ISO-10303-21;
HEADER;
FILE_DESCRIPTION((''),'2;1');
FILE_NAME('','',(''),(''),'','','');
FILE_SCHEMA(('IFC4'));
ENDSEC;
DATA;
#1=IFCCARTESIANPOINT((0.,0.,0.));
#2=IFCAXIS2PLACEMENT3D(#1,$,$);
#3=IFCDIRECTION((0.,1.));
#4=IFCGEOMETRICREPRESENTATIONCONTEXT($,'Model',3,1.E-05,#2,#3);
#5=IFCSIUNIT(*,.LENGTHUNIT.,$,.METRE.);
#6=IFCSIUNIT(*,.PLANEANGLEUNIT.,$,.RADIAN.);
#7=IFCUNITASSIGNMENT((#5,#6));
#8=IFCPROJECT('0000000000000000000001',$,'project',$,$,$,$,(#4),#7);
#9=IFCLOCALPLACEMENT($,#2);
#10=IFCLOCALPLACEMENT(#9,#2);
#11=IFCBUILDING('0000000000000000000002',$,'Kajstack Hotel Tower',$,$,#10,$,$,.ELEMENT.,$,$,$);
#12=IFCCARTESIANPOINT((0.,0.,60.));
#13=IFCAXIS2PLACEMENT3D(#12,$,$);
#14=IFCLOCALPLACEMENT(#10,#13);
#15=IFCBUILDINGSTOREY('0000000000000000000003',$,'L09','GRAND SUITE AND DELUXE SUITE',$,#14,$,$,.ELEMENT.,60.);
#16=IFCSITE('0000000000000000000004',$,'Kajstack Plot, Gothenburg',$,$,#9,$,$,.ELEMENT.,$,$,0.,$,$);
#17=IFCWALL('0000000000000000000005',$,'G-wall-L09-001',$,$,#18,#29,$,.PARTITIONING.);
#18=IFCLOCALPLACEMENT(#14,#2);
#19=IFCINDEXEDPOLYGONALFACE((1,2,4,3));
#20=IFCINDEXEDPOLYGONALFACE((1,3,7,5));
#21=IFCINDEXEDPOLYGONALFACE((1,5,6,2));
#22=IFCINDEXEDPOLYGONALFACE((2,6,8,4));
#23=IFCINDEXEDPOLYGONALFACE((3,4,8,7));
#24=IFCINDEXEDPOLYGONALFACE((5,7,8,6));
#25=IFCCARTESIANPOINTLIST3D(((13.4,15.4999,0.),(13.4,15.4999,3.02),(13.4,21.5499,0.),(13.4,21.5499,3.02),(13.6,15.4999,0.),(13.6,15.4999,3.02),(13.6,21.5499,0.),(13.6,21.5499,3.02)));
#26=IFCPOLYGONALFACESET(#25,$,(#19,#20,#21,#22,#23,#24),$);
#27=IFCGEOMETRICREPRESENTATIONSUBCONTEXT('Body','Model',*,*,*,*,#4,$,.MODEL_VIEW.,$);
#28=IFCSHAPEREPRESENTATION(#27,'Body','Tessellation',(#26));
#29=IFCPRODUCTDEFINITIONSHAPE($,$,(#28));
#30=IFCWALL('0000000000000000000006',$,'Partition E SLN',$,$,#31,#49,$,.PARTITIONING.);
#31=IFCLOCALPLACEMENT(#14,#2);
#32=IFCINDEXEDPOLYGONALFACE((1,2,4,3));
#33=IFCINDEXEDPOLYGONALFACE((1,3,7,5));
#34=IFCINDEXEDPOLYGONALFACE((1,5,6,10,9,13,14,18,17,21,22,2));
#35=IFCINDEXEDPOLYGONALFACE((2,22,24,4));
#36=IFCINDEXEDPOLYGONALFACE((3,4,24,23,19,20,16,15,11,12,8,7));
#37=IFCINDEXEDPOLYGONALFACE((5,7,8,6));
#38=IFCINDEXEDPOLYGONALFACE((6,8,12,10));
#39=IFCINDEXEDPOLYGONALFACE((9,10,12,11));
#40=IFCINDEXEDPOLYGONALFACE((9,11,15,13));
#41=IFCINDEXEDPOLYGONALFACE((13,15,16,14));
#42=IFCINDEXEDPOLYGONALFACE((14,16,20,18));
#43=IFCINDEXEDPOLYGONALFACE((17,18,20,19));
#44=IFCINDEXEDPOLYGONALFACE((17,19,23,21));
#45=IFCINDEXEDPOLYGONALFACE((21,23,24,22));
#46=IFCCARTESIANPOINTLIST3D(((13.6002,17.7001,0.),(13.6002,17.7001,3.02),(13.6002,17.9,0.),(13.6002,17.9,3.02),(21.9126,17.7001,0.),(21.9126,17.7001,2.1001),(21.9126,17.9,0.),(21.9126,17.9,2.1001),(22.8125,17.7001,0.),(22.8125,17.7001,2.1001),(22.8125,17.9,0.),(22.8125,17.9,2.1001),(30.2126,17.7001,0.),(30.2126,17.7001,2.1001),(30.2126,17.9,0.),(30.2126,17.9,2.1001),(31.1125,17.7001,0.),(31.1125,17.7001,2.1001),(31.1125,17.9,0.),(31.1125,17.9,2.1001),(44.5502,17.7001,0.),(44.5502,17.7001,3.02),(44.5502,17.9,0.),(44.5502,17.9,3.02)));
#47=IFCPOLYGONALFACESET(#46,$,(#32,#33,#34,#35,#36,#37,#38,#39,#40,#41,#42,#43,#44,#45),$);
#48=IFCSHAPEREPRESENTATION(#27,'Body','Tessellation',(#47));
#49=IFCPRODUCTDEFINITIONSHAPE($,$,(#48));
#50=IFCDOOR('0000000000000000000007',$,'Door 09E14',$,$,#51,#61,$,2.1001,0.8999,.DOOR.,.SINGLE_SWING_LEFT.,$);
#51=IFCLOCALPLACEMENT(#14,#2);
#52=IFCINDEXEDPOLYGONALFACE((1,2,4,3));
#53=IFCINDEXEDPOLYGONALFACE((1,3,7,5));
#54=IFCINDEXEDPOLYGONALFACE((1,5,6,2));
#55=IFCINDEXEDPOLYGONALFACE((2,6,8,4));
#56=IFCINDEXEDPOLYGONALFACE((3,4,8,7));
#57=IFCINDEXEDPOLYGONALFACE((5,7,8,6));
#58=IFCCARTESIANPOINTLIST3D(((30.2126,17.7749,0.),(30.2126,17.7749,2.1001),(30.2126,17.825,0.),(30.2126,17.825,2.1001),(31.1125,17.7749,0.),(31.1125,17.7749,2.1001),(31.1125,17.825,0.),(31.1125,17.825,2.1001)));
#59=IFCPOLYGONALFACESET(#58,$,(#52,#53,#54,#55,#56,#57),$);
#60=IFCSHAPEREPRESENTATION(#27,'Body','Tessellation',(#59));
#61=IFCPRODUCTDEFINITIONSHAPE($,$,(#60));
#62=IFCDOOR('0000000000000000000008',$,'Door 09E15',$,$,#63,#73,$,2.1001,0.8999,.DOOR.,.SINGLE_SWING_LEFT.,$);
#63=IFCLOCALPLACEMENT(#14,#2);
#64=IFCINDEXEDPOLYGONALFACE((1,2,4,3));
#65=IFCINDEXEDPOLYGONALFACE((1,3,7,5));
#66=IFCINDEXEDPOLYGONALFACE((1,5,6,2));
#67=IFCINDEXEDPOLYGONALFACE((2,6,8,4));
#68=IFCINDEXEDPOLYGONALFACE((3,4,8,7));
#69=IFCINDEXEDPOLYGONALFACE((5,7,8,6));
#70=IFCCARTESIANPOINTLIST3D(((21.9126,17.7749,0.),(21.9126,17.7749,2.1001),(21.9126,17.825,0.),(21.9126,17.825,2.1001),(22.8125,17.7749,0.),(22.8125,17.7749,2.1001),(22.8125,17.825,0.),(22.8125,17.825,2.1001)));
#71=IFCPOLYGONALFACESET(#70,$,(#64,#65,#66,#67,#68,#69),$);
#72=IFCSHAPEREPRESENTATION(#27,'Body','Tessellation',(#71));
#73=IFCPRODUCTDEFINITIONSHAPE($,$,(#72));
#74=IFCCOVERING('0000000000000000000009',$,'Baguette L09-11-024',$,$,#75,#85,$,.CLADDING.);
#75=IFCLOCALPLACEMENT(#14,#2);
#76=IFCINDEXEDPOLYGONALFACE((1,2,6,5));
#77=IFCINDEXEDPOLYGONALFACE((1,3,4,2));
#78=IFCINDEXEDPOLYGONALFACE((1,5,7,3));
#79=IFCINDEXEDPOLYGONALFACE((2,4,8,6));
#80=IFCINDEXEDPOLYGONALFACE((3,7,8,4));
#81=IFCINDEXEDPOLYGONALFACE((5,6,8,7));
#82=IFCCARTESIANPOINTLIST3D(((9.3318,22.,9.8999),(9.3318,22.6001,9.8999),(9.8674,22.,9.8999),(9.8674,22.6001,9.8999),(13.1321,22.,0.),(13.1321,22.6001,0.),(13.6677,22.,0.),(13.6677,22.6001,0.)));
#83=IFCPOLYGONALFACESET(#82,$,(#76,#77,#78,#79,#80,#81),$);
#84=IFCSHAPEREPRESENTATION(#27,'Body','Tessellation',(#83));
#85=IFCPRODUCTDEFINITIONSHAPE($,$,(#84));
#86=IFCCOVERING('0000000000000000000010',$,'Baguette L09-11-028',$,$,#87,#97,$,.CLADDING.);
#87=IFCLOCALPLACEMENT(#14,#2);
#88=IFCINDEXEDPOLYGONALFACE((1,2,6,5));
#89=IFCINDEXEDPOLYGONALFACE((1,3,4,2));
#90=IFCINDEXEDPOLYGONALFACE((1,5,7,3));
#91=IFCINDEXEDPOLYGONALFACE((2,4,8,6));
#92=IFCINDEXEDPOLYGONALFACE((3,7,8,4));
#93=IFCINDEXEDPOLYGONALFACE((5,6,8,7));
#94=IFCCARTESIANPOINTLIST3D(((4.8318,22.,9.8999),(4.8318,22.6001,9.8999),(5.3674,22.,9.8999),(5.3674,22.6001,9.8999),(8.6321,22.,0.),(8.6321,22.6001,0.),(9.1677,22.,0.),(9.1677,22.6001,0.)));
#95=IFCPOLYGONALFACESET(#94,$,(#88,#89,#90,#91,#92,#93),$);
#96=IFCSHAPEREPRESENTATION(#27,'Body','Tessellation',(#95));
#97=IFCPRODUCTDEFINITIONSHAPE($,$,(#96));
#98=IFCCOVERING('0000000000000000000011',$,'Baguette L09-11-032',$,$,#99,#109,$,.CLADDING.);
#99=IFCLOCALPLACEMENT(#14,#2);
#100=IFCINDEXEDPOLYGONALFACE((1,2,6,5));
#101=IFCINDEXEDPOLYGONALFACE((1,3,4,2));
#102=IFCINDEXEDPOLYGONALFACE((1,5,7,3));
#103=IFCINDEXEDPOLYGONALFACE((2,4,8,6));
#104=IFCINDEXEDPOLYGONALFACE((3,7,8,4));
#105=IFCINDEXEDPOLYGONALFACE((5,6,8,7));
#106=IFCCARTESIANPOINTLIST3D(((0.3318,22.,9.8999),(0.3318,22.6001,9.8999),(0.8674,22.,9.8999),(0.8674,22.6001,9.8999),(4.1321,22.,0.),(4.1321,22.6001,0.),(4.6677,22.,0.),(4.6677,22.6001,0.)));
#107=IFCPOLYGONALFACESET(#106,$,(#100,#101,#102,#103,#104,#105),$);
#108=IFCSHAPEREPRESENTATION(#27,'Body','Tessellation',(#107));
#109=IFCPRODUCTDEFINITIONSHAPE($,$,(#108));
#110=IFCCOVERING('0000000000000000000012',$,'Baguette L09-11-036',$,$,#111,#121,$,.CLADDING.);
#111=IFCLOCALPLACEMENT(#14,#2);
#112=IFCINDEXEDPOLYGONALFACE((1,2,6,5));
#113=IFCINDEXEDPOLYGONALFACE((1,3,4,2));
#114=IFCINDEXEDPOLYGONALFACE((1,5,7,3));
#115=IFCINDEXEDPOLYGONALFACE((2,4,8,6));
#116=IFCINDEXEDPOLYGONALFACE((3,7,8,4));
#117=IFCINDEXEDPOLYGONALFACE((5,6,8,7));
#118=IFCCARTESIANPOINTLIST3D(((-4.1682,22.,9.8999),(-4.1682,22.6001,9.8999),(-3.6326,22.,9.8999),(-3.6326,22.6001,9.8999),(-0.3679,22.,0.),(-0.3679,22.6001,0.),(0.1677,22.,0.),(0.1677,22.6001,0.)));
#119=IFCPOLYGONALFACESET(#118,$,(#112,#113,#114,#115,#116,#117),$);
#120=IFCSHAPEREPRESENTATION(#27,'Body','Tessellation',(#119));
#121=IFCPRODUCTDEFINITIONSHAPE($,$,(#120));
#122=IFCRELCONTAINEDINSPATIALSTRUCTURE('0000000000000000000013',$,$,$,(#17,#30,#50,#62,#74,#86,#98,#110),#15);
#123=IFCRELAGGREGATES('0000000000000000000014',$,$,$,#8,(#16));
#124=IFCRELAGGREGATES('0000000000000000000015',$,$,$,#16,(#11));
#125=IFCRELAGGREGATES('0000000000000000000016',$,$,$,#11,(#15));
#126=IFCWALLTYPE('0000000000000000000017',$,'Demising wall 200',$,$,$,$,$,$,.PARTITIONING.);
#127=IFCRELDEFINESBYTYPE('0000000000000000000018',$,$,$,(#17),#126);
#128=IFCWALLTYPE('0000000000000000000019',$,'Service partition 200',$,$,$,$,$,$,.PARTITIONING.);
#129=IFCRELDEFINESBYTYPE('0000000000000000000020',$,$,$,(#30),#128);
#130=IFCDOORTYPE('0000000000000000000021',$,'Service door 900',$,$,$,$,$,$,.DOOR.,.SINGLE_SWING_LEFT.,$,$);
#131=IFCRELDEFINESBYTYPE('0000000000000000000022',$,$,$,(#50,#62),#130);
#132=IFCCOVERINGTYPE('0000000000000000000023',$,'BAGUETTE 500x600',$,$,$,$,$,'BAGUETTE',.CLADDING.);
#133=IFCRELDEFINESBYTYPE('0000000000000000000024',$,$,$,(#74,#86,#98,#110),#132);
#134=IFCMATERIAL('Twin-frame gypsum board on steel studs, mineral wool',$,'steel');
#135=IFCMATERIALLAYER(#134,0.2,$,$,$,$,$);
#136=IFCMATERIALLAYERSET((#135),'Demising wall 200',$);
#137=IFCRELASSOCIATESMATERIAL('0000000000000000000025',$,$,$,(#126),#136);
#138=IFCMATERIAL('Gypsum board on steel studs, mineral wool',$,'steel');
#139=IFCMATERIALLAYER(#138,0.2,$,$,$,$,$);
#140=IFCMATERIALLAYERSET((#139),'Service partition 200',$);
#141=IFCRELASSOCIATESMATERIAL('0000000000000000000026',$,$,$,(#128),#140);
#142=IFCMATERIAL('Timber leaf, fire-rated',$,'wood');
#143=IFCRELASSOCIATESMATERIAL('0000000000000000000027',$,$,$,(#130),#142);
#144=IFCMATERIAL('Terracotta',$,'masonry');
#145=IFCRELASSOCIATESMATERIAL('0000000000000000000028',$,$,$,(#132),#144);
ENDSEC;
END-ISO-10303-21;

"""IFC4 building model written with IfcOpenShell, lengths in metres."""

from ifc_helpers import new_model, si_unit, direction, frame, frame_2d, origin, origin_2d, place, context, subcontext, project, spatial, polyline, rectangle, outline, extrude, material, layer, layer_set, material_profile, profile_set, type_object, element, fill, save


model = new_model("IFC4")

# Units and contexts
model_context = context("Model", 3, precision=1e-05, world=origin(), true_north=direction((0.0, 1.0)))
body_context = subcontext(model_context, "Body", "Model", "MODEL_VIEW")
ifc_project = project(units=[si_unit("LENGTHUNIT", "METRE"), si_unit("PLANEANGLEUNIT", "RADIAN")], contexts=[model_context])

# Site, building, storey
site_placement = place(None, origin())
site = spatial("IfcSite", under=ifc_project, at=site_placement, Name="Kajstack Plot, Gothenburg", CompositionType="ELEMENT", RefElevation=0.0)
building_placement = place(site_placement, origin())
building = spatial("IfcBuilding", under=site, at=building_placement, Name="Kajstack Hotel Tower", CompositionType="ELEMENT")
storey_placement = place(building_placement, frame((0.0, 0.0, 60.0)))
storey = spatial("IfcBuildingStorey", under=building, at=storey_placement, Name="L09", Description="GRAND SUITE AND DELUXE SUITE", CompositionType="ELEMENT", Elevation=60.0)

# Wall
ifc_material_1 = material(Name="Twin-frame gypsum board on steel studs, mineral wool", Category="steel")
ifc_layer_1 = layer(ifc_material_1, 0.2)
ifc_layer_set_1 = layer_set([ifc_layer_1], Name="Demising wall 200")
wall_type_1 = type_object("IfcWallType", Name="Demising wall 200", PredefinedType="PARTITIONING", material=ifc_layer_set_1)
wall_1_placement = place(storey_placement, frame((13.5, 15.5, 0.0), z_axis=(0.0, 0.0, 1.0), x_axis=(0.0, 1.0, 0.0)))
element("IfcWall", 1, at=wall_1_placement, inside=storey, type_object=wall_type_1, Name="G-wall-L09-001", PredefinedType="PARTITIONING", context=body_context, shape_type="SweptSolid", body=[
    extrude(rectangle(XDim=6.05, YDim=0.2, at=frame_2d((3.0249, 0.0))), origin(), (0.0, 0.0, 1.0), 3.02),
])

# Wall, openings, doors
ifc_material_2 = material(Name="Gypsum board on steel studs, mineral wool", Category="steel")
ifc_layer_2 = layer(ifc_material_2, 0.2)
ifc_layer_set_2 = layer_set([ifc_layer_2], Name="Service partition 200")
wall_type_2 = type_object("IfcWallType", Name="Service partition 200", PredefinedType="PARTITIONING", material=ifc_layer_set_2)
wall_2_placement = place(storey_placement, frame((13.6001, 17.8, 0.0), z_axis=(0.0, 0.0, 1.0), x_axis=(1.0, 0.0, 0.0)))
wall_2 = element("IfcWall", 2, at=wall_2_placement, inside=storey, type_object=wall_type_2, Name="Partition E SLN", PredefinedType="PARTITIONING", context=body_context, shape_type="SweptSolid", body=[
    extrude(rectangle(XDim=30.95, YDim=0.2, at=frame_2d((15.4751, 0.0))), origin(), (0.0, 0.0, 1.0), 3.02),
])
opening_1_placement = place(wall_2_placement, frame((16.6125, 0.0, 0.0)))
opening_1 = element("IfcOpeningElement", 3, at=opening_1_placement, cuts=wall_2, PredefinedType="OPENING", context=body_context, shape_type="SweptSolid", body=[
    extrude(rectangle(XDim=0.8999, YDim=2.1001, at=frame_2d((0.45, 1.05))), frame((0.0, 0.1099, 0.0), z_axis=(0.0, -1.0, 0.0), x_axis=(1.0, 0.0, 0.0)), (0.0, 0.0, 1.0), 0.22),
])
opening_2_placement = place(wall_2_placement, frame((8.3125, 0.0, 0.0)))
opening_2 = element("IfcOpeningElement", 4, at=opening_2_placement, cuts=wall_2, PredefinedType="OPENING", context=body_context, shape_type="SweptSolid", body=[
    extrude(rectangle(XDim=0.8999, YDim=2.1001, at=frame_2d((0.45, 1.05))), frame((0.0, 0.1099, 0.0), z_axis=(0.0, -1.0, 0.0), x_axis=(1.0, 0.0, 0.0)), (0.0, 0.0, 1.0), 0.22),
])
ifc_material_3 = material(Name="Timber leaf, fire-rated", Category="wood")
door_type = type_object("IfcDoorType", Name="Service door 900", OperationType="SINGLE_SWING_LEFT", PredefinedType="DOOR", material=ifc_material_3)
door_1_placement = place(opening_1_placement, origin())
door_1 = element("IfcDoor", 5, at=door_1_placement, inside=storey, type_object=door_type, Name="Door 09E14", OperationType="SINGLE_SWING_LEFT", OverallHeight=2.1001, OverallWidth=0.8999, PredefinedType="DOOR", context=body_context, shape_type="SweptSolid", body=[
    extrude(rectangle(XDim=0.8999, YDim=2.1001, at=frame_2d((0.45, 1.05))), frame((0.0, 0.0249, 0.0), z_axis=(0.0, -1.0, 0.0), x_axis=(1.0, 0.0, 0.0)), (0.0, 0.0, 1.0), 0.05),
])
fill(opening_1, door_1)
door_2_placement = place(opening_2_placement, origin())
door_2 = element("IfcDoor", 6, at=door_2_placement, inside=storey, type_object=door_type, Name="Door 09E15", OperationType="SINGLE_SWING_LEFT", OverallHeight=2.1001, OverallWidth=0.8999, PredefinedType="DOOR", context=body_context, shape_type="SweptSolid", body=[
    extrude(rectangle(XDim=0.8999, YDim=2.1001, at=frame_2d((0.45, 1.05))), frame((0.0, 0.0249, 0.0), z_axis=(0.0, -1.0, 0.0), x_axis=(1.0, 0.0, 0.0)), (0.0, 0.0, 1.0), 0.05),
])
fill(opening_2, door_2)

# Coverings
ifc_material_4 = material(Name="Terracotta", Category="masonry")
ifc_material_profile = material_profile(ifc_material_4, rectangle(XDim=0.6001, YDim=0.5, at=origin_2d()), Name="Terracotta-clad concrete baguette 500 x 600")
ifc_profile_set = profile_set([ifc_material_profile], Name="Terracotta")
covering_type = type_object("IfcCoveringType", Name="BAGUETTE 500x600", ElementType="BAGUETTE", PredefinedType="CLADDING", material=ifc_profile_set)
for number, where, z_axis, x_axis, name in (
    (7, (13.6677, 22.0, 0.0), (0.0, 1.0, 0.0), (-1.0, 0.0, 0.0), "Baguette L09-11-024"),
    (8, (9.1677, 22.0, 0.0), (0.0, 1.0, 0.0), (-1.0, 0.0, 0.0), "Baguette L09-11-028"),
    (9, (4.6677, 22.0, 0.0), (0.0, 1.0, 0.0), (-1.0, 0.0, 0.0), "Baguette L09-11-032"),
    (10, (0.1677, 22.0, 0.0), (0.0, 1.0, 0.0), (-1.0, 0.0, 0.0), "Baguette L09-11-036"),
):
    element("IfcCovering", number, at=place(storey_placement, frame(where, z_axis=z_axis, x_axis=x_axis)), inside=storey, type_object=covering_type, Name=name, PredefinedType="CLADDING", context=body_context, shape_type="SweptSolid", body=[
        extrude(outline(polyline([(3.8003, 9.8999), (0.0, 0.0), (0.5356, 0.0), (4.3359, 9.8999), (3.8003, 9.8999)])), origin(), (0.0, 0.0, 1.0), 0.6001),
    ])

save(model, "model.ifc")
